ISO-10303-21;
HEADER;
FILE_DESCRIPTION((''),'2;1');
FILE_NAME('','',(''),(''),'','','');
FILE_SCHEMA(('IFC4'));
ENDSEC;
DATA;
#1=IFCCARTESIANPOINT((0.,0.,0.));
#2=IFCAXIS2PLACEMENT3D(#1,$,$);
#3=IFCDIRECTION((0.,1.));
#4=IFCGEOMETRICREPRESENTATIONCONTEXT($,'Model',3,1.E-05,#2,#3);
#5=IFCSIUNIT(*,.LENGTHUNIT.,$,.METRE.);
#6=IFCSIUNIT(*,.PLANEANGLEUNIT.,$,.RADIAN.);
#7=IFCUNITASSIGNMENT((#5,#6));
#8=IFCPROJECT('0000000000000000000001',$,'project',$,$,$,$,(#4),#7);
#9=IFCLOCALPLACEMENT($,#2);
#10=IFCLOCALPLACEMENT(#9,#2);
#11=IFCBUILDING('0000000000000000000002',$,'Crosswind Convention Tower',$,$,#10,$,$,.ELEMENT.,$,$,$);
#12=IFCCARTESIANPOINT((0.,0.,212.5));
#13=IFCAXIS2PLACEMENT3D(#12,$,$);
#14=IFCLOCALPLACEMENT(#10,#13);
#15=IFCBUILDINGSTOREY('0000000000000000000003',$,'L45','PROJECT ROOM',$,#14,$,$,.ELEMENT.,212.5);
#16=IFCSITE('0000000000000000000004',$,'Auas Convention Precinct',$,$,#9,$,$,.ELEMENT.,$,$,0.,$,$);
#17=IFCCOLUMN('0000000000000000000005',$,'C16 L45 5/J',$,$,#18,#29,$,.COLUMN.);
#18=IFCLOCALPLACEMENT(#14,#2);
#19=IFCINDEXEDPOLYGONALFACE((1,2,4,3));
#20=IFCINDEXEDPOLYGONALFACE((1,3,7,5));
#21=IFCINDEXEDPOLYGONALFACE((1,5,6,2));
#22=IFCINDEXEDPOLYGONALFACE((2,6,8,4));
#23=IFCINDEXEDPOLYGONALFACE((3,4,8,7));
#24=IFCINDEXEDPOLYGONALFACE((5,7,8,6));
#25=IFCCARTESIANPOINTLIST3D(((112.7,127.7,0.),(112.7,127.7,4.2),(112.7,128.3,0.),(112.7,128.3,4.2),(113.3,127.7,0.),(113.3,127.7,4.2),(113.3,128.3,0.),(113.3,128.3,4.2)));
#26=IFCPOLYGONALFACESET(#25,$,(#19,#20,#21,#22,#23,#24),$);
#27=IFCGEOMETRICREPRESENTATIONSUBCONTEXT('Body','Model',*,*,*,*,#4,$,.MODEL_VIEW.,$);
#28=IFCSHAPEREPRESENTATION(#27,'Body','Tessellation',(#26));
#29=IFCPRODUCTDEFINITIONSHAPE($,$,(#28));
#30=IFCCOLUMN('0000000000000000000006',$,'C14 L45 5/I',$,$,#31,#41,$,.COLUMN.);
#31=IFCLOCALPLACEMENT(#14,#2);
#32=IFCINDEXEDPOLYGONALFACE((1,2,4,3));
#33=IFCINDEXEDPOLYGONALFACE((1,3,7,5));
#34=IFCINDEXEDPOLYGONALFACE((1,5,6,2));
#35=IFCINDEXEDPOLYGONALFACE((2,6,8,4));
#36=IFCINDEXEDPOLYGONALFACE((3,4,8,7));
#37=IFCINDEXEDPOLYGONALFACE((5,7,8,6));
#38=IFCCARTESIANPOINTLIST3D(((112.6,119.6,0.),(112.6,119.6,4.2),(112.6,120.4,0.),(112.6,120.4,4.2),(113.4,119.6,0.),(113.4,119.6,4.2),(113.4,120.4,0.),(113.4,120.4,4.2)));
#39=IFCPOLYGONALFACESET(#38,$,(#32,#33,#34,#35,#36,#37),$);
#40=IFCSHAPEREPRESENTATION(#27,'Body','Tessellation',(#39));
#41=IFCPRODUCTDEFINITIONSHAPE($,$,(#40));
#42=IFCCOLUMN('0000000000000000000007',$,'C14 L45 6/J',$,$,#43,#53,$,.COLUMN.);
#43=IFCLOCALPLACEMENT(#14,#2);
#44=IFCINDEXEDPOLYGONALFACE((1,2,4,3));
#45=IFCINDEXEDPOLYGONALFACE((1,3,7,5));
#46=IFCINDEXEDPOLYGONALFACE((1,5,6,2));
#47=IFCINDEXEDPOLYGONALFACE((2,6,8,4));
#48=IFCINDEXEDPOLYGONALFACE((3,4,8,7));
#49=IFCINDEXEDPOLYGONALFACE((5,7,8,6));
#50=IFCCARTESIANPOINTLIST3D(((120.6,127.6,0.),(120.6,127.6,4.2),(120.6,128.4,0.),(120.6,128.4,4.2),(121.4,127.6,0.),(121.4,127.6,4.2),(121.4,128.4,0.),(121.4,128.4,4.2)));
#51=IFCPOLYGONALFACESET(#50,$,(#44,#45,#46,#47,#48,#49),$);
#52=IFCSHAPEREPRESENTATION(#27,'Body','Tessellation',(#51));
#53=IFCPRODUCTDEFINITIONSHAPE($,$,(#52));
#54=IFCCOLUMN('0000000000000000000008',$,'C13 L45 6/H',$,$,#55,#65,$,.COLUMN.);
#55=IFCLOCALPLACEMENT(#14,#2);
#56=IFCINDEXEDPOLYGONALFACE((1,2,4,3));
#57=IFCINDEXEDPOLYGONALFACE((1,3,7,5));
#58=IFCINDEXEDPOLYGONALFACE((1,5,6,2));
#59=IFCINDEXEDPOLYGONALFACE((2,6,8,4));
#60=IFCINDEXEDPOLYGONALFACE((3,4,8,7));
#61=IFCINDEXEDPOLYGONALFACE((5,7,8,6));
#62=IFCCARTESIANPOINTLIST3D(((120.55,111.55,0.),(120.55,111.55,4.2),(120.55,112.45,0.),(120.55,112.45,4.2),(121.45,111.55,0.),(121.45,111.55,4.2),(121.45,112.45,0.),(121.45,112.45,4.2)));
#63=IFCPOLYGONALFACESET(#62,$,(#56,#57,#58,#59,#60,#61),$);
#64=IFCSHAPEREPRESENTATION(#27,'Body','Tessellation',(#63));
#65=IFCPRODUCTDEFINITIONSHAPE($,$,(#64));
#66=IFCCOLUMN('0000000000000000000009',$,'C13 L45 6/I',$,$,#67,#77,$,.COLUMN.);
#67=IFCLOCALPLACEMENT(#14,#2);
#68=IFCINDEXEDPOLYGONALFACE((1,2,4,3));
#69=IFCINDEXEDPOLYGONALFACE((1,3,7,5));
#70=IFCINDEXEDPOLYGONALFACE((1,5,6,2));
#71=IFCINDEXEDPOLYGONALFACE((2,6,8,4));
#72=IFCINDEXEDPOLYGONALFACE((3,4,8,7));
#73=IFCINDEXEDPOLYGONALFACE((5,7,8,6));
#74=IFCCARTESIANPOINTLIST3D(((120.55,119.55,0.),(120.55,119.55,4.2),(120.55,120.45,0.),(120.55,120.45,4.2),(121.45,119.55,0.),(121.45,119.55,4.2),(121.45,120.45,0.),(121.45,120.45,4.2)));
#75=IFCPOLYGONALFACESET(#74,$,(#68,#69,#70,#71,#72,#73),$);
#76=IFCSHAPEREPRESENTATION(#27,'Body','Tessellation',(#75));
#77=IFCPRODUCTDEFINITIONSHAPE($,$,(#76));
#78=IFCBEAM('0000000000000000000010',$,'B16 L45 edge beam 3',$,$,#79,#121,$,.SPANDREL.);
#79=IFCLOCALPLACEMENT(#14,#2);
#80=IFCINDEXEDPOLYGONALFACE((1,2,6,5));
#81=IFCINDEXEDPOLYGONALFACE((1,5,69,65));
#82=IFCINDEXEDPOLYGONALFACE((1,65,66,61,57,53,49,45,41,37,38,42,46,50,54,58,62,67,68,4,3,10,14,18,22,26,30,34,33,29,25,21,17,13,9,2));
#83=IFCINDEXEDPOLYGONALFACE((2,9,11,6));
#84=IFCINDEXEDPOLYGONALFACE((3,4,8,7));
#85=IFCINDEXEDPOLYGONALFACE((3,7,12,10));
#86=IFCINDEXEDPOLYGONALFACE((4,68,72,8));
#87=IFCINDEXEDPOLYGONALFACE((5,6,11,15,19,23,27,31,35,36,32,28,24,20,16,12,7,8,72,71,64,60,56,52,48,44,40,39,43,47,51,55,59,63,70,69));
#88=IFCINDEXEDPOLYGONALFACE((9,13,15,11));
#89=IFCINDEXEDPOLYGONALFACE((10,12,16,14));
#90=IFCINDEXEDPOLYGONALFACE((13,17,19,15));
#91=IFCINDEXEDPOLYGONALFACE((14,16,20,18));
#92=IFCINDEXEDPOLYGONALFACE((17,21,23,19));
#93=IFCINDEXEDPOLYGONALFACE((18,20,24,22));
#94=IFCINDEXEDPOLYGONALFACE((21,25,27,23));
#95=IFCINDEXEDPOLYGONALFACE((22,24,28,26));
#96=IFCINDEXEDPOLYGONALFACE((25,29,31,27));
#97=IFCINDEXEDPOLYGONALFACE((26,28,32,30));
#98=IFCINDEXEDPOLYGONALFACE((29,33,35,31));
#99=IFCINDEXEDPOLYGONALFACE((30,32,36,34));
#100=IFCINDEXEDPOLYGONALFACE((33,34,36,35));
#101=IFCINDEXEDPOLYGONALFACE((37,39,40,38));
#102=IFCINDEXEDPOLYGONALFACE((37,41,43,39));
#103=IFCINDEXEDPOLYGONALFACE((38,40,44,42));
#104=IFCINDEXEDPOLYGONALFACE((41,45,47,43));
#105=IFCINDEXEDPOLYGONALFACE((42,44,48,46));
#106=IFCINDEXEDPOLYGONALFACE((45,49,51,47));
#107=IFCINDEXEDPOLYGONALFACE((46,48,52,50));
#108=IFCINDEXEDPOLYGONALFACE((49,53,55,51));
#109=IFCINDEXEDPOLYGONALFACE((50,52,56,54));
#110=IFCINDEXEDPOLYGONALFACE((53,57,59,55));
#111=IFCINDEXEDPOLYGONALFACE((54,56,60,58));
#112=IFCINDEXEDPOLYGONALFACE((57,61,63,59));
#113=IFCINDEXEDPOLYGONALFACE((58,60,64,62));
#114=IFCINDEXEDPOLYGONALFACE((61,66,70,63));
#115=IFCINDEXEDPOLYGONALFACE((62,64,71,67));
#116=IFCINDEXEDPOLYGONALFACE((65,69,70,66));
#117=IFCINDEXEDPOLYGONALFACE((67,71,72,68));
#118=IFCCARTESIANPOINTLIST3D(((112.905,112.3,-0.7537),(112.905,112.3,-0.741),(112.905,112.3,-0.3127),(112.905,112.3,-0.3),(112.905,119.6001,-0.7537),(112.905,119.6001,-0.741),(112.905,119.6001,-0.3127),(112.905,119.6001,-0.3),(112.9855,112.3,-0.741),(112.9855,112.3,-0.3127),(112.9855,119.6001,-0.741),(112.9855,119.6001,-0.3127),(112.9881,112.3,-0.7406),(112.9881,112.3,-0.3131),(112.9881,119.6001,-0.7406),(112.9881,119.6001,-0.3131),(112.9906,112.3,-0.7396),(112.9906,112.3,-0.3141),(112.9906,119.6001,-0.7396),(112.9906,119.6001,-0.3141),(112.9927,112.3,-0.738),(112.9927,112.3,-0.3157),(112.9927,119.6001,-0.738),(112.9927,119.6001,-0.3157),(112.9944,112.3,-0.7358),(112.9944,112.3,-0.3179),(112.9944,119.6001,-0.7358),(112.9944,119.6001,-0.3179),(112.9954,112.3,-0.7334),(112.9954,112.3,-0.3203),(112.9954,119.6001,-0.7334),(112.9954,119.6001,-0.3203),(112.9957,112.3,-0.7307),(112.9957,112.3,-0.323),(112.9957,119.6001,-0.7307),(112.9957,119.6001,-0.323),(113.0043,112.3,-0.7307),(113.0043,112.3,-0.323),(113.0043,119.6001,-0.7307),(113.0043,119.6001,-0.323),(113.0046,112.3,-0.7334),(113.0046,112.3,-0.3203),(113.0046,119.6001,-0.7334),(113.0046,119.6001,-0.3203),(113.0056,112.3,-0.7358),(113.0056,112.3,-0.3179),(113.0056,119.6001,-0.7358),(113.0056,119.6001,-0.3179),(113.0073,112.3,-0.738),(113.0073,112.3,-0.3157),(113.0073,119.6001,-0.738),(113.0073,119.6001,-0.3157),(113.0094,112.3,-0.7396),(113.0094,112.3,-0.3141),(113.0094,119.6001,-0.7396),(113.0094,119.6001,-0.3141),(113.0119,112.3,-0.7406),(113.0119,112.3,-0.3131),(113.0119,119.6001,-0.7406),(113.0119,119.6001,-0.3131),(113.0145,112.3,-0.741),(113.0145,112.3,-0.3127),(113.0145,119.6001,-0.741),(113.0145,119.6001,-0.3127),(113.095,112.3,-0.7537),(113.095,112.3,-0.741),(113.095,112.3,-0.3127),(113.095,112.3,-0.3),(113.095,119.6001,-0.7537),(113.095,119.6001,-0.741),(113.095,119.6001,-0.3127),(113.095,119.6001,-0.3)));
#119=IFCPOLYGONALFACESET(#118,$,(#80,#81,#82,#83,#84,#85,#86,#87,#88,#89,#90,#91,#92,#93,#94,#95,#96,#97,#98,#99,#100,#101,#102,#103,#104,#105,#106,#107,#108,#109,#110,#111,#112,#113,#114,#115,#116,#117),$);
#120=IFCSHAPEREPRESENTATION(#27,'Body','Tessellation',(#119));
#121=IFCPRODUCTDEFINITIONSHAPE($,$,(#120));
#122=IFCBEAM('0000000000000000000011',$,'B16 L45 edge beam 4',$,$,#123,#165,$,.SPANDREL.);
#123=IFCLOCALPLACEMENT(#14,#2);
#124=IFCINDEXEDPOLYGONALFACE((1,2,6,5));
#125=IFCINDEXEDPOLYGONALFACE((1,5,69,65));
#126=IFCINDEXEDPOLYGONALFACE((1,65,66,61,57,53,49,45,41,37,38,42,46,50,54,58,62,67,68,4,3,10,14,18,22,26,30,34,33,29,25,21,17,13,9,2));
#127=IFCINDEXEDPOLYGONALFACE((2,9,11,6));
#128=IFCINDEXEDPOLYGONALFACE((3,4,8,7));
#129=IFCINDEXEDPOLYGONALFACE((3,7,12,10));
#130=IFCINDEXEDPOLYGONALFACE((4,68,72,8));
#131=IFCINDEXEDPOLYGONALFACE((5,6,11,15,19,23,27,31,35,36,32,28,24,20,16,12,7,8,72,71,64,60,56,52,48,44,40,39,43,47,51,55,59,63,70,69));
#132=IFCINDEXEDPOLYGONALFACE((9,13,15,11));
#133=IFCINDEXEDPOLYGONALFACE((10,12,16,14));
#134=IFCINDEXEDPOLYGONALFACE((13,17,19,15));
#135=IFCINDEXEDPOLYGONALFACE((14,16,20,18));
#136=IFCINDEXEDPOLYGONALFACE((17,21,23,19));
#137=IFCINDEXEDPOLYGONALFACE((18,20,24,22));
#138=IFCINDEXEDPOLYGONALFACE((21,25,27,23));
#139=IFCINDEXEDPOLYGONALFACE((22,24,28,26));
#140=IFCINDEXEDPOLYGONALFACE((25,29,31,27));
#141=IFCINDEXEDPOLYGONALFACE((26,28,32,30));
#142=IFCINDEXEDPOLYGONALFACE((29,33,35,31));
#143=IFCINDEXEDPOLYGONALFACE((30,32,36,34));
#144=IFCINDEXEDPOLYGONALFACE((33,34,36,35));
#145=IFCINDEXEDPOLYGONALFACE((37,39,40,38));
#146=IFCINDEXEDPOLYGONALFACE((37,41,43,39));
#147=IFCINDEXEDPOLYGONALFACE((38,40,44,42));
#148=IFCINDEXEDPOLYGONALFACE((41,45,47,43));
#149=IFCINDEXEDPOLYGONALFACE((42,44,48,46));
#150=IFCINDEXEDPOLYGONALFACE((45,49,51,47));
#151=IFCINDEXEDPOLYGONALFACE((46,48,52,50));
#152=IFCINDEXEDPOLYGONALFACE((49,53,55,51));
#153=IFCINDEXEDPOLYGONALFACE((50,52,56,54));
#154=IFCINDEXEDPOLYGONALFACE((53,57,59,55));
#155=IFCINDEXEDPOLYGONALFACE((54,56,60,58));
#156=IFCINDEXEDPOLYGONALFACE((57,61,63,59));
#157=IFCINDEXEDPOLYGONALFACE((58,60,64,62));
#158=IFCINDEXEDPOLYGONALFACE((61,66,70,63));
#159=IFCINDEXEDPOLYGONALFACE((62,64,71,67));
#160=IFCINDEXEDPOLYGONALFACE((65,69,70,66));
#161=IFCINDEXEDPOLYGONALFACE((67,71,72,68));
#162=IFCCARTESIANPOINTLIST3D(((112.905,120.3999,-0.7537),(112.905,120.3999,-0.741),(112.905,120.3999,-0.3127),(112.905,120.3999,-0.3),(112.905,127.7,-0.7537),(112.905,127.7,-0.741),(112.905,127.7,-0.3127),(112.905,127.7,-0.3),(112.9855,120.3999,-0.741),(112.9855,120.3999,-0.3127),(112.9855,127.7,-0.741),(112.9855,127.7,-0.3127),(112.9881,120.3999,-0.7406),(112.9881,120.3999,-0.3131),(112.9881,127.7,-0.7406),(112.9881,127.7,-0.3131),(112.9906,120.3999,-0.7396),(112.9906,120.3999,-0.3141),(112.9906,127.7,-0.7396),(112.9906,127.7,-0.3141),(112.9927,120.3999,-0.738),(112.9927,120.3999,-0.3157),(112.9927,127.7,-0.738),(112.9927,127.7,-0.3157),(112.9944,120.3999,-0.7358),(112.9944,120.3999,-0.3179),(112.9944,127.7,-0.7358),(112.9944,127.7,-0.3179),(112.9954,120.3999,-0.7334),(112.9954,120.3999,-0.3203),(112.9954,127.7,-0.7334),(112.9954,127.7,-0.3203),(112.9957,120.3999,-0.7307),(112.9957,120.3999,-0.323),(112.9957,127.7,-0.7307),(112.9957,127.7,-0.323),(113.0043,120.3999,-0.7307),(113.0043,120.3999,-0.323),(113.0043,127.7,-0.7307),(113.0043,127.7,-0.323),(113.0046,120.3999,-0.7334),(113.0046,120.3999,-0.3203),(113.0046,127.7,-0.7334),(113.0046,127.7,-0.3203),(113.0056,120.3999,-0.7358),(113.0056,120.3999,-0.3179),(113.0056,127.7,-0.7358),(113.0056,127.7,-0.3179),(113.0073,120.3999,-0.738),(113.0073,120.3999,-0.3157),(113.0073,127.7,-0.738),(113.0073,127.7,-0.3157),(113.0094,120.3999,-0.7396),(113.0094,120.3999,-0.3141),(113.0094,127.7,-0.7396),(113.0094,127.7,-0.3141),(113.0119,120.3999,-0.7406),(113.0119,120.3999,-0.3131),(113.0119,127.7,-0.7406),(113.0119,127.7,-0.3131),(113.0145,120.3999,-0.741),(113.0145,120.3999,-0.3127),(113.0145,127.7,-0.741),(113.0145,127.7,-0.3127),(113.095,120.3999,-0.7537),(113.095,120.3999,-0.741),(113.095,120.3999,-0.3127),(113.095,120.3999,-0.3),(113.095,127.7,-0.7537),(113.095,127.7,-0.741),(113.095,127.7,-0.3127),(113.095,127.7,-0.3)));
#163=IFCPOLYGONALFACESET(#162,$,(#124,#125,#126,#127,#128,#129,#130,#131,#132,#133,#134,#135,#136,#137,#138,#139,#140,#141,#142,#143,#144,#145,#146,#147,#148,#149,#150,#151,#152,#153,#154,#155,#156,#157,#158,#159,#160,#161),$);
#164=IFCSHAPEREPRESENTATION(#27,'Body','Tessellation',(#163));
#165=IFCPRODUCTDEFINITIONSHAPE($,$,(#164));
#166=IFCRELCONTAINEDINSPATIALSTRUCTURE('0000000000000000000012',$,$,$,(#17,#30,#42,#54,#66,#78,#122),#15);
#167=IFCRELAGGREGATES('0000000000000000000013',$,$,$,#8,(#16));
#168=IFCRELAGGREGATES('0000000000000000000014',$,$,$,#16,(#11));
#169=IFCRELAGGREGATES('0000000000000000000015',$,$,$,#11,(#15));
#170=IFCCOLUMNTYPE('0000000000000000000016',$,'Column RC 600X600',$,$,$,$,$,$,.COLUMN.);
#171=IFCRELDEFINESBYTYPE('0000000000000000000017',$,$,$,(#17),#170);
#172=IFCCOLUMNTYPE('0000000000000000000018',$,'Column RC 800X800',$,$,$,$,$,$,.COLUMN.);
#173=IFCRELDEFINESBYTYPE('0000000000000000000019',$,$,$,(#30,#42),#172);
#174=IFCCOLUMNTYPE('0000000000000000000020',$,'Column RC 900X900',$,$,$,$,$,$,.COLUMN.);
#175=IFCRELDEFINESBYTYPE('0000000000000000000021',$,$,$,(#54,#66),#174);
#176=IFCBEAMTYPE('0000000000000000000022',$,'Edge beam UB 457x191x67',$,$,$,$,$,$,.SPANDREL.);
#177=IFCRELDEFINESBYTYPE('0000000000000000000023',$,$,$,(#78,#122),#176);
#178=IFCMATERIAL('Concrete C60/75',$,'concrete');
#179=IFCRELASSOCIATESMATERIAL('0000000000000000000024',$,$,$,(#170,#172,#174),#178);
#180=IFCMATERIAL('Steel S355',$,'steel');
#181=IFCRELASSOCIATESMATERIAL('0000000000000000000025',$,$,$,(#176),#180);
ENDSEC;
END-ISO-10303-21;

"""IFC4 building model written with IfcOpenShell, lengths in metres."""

from ifc_helpers import new_model, si_unit, direction, frame, origin, origin_2d, place, context, subcontext, project, spatial, rectangle, i_section, extrude, material, material_profile, profile_set, type_object, element, save


model = new_model("IFC4")

# Units and contexts
model_context = context("Model", 3, precision=1e-05, world=origin(), true_north=direction((0.0, 1.0)))
body_context = subcontext(model_context, "Body", "Model", "MODEL_VIEW")
ifc_project = project(units=[si_unit("LENGTHUNIT", "METRE"), si_unit("PLANEANGLEUNIT", "RADIAN")], contexts=[model_context])

# Site, building, storey
site_placement = place(None, origin())
site = spatial("IfcSite", under=ifc_project, at=site_placement, Name="Auas Convention Precinct", CompositionType="ELEMENT", RefElevation=0.0)
building_placement = place(site_placement, origin())
building = spatial("IfcBuilding", under=site, at=building_placement, Name="Crosswind Convention Tower", CompositionType="ELEMENT")
storey_placement = place(building_placement, frame((0.0, 0.0, 212.5)))
storey = spatial("IfcBuildingStorey", under=building, at=storey_placement, Name="L45", Description="PROJECT ROOM", CompositionType="ELEMENT", Elevation=212.5)

# Columns
ifc_material_1 = material(Name="Concrete C60/75", Category="concrete")
ifc_material_profile_1 = material_profile(ifc_material_1, rectangle(XDim=0.6001, YDim=0.6001, at=origin_2d()), Name="RC 600X600")
ifc_profile_set_1 = profile_set([ifc_material_profile_1], Name="Concrete C60/75")
column_type_1 = type_object("IfcColumnType", Name="Column RC 600X600", PredefinedType="COLUMN", material=ifc_profile_set_1)
column_placement = place(storey_placement, frame((113.0, 128.0, 0.0), z_axis=(0.0, 0.0, 1.0), x_axis=(1.0, 0.0, 0.0)))
element("IfcColumn", 1, at=column_placement, inside=storey, type_object=column_type_1, Name="C16 L45 5/J", PredefinedType="COLUMN", context=body_context, shape_type="SweptSolid", body=[
    extrude(rectangle(XDim=0.6001, YDim=0.6001, at=origin_2d()), origin(), (0.0, 0.0, 1.0), 4.2),
])
ifc_material_profile_2 = material_profile(ifc_material_1, rectangle(XDim=0.8, YDim=0.8, at=origin_2d()), Name="RC 800X800")
ifc_profile_set_2 = profile_set([ifc_material_profile_2], Name="Concrete C60/75")
column_type_2 = type_object("IfcColumnType", Name="Column RC 800X800", PredefinedType="COLUMN", material=ifc_profile_set_2)
for number, where, z_axis, x_axis, name in (
    (2, (113.0, 120.0, 0.0), (0.0, 0.0, 1.0), (1.0, 0.0, 0.0), "C14 L45 5/I"),
    (3, (121.0, 128.0, 0.0), (0.0, 0.0, 1.0), (1.0, 0.0, 0.0), "C14 L45 6/J"),
):
    element("IfcColumn", number, at=place(storey_placement, frame(where, z_axis=z_axis, x_axis=x_axis)), inside=storey, type_object=column_type_2, Name=name, PredefinedType="COLUMN", context=body_context, shape_type="SweptSolid", body=[
        extrude(rectangle(XDim=0.8, YDim=0.8, at=origin_2d()), origin(), (0.0, 0.0, 1.0), 4.2),
    ])
ifc_material_profile_3 = material_profile(ifc_material_1, rectangle(XDim=0.8999, YDim=0.8999, at=origin_2d()), Name="RC 900X900")
ifc_profile_set_3 = profile_set([ifc_material_profile_3], Name="Concrete C60/75")
column_type_3 = type_object("IfcColumnType", Name="Column RC 900X900", PredefinedType="COLUMN", material=ifc_profile_set_3)
for number, where, z_axis, x_axis, name in (
    (4, (121.0, 112.0, 0.0), (0.0, 0.0, 1.0), (1.0, 0.0, 0.0), "C13 L45 6/H"),
    (5, (121.0, 120.0, 0.0), (0.0, 0.0, 1.0), (1.0, 0.0, 0.0), "C13 L45 6/I"),
):
    element("IfcColumn", number, at=place(storey_placement, frame(where, z_axis=z_axis, x_axis=x_axis)), inside=storey, type_object=column_type_3, Name=name, PredefinedType="COLUMN", context=body_context, shape_type="SweptSolid", body=[
        extrude(rectangle(XDim=0.8999, YDim=0.8999, at=origin_2d()), origin(), (0.0, 0.0, 1.0), 4.2),
    ])

# Beams
ifc_material_2 = material(Name="Steel S355", Category="steel")
ifc_material_profile_4 = material_profile(ifc_material_2, i_section(OverallWidth=0.1899, OverallDepth=0.4536, WebThickness=0.0085, FlangeThickness=0.0127, FilletRadius=0.0103, at=origin_2d()), Name="UB 457x191x67")
ifc_profile_set_4 = profile_set([ifc_material_profile_4], Name="Steel S355")
beam_type_1 = type_object("IfcBeamType", Name="Edge beam UB 457x191x67", PredefinedType="SPANDREL", material=ifc_profile_set_4)
for number, where, z_axis, x_axis, name in (
    (6, (113.0, 112.3, -0.5269), (0.0, 1.0, 0.0), (-1.0, 0.0, 0.0), "B16 L45 edge beam 3"),
    (7, (113.0, 120.3999, -0.5269), (0.0, 1.0, 0.0), (-1.0, 0.0, 0.0), "B16 L45 edge beam 4"),
):
    element("IfcBeam", number, at=place(storey_placement, frame(where, z_axis=z_axis, x_axis=x_axis)), inside=storey, type_object=beam_type_1, Name=name, PredefinedType="SPANDREL", context=body_context, shape_type="SweptSolid", body=[
        extrude(i_section(OverallWidth=0.1899, OverallDepth=0.4536, WebThickness=0.0085, FlangeThickness=0.0127, FilletRadius=0.0103, at=origin_2d()), origin(), (0.0, 0.0, 1.0), 7.3),
    ])

save(model, "model.ifc")
